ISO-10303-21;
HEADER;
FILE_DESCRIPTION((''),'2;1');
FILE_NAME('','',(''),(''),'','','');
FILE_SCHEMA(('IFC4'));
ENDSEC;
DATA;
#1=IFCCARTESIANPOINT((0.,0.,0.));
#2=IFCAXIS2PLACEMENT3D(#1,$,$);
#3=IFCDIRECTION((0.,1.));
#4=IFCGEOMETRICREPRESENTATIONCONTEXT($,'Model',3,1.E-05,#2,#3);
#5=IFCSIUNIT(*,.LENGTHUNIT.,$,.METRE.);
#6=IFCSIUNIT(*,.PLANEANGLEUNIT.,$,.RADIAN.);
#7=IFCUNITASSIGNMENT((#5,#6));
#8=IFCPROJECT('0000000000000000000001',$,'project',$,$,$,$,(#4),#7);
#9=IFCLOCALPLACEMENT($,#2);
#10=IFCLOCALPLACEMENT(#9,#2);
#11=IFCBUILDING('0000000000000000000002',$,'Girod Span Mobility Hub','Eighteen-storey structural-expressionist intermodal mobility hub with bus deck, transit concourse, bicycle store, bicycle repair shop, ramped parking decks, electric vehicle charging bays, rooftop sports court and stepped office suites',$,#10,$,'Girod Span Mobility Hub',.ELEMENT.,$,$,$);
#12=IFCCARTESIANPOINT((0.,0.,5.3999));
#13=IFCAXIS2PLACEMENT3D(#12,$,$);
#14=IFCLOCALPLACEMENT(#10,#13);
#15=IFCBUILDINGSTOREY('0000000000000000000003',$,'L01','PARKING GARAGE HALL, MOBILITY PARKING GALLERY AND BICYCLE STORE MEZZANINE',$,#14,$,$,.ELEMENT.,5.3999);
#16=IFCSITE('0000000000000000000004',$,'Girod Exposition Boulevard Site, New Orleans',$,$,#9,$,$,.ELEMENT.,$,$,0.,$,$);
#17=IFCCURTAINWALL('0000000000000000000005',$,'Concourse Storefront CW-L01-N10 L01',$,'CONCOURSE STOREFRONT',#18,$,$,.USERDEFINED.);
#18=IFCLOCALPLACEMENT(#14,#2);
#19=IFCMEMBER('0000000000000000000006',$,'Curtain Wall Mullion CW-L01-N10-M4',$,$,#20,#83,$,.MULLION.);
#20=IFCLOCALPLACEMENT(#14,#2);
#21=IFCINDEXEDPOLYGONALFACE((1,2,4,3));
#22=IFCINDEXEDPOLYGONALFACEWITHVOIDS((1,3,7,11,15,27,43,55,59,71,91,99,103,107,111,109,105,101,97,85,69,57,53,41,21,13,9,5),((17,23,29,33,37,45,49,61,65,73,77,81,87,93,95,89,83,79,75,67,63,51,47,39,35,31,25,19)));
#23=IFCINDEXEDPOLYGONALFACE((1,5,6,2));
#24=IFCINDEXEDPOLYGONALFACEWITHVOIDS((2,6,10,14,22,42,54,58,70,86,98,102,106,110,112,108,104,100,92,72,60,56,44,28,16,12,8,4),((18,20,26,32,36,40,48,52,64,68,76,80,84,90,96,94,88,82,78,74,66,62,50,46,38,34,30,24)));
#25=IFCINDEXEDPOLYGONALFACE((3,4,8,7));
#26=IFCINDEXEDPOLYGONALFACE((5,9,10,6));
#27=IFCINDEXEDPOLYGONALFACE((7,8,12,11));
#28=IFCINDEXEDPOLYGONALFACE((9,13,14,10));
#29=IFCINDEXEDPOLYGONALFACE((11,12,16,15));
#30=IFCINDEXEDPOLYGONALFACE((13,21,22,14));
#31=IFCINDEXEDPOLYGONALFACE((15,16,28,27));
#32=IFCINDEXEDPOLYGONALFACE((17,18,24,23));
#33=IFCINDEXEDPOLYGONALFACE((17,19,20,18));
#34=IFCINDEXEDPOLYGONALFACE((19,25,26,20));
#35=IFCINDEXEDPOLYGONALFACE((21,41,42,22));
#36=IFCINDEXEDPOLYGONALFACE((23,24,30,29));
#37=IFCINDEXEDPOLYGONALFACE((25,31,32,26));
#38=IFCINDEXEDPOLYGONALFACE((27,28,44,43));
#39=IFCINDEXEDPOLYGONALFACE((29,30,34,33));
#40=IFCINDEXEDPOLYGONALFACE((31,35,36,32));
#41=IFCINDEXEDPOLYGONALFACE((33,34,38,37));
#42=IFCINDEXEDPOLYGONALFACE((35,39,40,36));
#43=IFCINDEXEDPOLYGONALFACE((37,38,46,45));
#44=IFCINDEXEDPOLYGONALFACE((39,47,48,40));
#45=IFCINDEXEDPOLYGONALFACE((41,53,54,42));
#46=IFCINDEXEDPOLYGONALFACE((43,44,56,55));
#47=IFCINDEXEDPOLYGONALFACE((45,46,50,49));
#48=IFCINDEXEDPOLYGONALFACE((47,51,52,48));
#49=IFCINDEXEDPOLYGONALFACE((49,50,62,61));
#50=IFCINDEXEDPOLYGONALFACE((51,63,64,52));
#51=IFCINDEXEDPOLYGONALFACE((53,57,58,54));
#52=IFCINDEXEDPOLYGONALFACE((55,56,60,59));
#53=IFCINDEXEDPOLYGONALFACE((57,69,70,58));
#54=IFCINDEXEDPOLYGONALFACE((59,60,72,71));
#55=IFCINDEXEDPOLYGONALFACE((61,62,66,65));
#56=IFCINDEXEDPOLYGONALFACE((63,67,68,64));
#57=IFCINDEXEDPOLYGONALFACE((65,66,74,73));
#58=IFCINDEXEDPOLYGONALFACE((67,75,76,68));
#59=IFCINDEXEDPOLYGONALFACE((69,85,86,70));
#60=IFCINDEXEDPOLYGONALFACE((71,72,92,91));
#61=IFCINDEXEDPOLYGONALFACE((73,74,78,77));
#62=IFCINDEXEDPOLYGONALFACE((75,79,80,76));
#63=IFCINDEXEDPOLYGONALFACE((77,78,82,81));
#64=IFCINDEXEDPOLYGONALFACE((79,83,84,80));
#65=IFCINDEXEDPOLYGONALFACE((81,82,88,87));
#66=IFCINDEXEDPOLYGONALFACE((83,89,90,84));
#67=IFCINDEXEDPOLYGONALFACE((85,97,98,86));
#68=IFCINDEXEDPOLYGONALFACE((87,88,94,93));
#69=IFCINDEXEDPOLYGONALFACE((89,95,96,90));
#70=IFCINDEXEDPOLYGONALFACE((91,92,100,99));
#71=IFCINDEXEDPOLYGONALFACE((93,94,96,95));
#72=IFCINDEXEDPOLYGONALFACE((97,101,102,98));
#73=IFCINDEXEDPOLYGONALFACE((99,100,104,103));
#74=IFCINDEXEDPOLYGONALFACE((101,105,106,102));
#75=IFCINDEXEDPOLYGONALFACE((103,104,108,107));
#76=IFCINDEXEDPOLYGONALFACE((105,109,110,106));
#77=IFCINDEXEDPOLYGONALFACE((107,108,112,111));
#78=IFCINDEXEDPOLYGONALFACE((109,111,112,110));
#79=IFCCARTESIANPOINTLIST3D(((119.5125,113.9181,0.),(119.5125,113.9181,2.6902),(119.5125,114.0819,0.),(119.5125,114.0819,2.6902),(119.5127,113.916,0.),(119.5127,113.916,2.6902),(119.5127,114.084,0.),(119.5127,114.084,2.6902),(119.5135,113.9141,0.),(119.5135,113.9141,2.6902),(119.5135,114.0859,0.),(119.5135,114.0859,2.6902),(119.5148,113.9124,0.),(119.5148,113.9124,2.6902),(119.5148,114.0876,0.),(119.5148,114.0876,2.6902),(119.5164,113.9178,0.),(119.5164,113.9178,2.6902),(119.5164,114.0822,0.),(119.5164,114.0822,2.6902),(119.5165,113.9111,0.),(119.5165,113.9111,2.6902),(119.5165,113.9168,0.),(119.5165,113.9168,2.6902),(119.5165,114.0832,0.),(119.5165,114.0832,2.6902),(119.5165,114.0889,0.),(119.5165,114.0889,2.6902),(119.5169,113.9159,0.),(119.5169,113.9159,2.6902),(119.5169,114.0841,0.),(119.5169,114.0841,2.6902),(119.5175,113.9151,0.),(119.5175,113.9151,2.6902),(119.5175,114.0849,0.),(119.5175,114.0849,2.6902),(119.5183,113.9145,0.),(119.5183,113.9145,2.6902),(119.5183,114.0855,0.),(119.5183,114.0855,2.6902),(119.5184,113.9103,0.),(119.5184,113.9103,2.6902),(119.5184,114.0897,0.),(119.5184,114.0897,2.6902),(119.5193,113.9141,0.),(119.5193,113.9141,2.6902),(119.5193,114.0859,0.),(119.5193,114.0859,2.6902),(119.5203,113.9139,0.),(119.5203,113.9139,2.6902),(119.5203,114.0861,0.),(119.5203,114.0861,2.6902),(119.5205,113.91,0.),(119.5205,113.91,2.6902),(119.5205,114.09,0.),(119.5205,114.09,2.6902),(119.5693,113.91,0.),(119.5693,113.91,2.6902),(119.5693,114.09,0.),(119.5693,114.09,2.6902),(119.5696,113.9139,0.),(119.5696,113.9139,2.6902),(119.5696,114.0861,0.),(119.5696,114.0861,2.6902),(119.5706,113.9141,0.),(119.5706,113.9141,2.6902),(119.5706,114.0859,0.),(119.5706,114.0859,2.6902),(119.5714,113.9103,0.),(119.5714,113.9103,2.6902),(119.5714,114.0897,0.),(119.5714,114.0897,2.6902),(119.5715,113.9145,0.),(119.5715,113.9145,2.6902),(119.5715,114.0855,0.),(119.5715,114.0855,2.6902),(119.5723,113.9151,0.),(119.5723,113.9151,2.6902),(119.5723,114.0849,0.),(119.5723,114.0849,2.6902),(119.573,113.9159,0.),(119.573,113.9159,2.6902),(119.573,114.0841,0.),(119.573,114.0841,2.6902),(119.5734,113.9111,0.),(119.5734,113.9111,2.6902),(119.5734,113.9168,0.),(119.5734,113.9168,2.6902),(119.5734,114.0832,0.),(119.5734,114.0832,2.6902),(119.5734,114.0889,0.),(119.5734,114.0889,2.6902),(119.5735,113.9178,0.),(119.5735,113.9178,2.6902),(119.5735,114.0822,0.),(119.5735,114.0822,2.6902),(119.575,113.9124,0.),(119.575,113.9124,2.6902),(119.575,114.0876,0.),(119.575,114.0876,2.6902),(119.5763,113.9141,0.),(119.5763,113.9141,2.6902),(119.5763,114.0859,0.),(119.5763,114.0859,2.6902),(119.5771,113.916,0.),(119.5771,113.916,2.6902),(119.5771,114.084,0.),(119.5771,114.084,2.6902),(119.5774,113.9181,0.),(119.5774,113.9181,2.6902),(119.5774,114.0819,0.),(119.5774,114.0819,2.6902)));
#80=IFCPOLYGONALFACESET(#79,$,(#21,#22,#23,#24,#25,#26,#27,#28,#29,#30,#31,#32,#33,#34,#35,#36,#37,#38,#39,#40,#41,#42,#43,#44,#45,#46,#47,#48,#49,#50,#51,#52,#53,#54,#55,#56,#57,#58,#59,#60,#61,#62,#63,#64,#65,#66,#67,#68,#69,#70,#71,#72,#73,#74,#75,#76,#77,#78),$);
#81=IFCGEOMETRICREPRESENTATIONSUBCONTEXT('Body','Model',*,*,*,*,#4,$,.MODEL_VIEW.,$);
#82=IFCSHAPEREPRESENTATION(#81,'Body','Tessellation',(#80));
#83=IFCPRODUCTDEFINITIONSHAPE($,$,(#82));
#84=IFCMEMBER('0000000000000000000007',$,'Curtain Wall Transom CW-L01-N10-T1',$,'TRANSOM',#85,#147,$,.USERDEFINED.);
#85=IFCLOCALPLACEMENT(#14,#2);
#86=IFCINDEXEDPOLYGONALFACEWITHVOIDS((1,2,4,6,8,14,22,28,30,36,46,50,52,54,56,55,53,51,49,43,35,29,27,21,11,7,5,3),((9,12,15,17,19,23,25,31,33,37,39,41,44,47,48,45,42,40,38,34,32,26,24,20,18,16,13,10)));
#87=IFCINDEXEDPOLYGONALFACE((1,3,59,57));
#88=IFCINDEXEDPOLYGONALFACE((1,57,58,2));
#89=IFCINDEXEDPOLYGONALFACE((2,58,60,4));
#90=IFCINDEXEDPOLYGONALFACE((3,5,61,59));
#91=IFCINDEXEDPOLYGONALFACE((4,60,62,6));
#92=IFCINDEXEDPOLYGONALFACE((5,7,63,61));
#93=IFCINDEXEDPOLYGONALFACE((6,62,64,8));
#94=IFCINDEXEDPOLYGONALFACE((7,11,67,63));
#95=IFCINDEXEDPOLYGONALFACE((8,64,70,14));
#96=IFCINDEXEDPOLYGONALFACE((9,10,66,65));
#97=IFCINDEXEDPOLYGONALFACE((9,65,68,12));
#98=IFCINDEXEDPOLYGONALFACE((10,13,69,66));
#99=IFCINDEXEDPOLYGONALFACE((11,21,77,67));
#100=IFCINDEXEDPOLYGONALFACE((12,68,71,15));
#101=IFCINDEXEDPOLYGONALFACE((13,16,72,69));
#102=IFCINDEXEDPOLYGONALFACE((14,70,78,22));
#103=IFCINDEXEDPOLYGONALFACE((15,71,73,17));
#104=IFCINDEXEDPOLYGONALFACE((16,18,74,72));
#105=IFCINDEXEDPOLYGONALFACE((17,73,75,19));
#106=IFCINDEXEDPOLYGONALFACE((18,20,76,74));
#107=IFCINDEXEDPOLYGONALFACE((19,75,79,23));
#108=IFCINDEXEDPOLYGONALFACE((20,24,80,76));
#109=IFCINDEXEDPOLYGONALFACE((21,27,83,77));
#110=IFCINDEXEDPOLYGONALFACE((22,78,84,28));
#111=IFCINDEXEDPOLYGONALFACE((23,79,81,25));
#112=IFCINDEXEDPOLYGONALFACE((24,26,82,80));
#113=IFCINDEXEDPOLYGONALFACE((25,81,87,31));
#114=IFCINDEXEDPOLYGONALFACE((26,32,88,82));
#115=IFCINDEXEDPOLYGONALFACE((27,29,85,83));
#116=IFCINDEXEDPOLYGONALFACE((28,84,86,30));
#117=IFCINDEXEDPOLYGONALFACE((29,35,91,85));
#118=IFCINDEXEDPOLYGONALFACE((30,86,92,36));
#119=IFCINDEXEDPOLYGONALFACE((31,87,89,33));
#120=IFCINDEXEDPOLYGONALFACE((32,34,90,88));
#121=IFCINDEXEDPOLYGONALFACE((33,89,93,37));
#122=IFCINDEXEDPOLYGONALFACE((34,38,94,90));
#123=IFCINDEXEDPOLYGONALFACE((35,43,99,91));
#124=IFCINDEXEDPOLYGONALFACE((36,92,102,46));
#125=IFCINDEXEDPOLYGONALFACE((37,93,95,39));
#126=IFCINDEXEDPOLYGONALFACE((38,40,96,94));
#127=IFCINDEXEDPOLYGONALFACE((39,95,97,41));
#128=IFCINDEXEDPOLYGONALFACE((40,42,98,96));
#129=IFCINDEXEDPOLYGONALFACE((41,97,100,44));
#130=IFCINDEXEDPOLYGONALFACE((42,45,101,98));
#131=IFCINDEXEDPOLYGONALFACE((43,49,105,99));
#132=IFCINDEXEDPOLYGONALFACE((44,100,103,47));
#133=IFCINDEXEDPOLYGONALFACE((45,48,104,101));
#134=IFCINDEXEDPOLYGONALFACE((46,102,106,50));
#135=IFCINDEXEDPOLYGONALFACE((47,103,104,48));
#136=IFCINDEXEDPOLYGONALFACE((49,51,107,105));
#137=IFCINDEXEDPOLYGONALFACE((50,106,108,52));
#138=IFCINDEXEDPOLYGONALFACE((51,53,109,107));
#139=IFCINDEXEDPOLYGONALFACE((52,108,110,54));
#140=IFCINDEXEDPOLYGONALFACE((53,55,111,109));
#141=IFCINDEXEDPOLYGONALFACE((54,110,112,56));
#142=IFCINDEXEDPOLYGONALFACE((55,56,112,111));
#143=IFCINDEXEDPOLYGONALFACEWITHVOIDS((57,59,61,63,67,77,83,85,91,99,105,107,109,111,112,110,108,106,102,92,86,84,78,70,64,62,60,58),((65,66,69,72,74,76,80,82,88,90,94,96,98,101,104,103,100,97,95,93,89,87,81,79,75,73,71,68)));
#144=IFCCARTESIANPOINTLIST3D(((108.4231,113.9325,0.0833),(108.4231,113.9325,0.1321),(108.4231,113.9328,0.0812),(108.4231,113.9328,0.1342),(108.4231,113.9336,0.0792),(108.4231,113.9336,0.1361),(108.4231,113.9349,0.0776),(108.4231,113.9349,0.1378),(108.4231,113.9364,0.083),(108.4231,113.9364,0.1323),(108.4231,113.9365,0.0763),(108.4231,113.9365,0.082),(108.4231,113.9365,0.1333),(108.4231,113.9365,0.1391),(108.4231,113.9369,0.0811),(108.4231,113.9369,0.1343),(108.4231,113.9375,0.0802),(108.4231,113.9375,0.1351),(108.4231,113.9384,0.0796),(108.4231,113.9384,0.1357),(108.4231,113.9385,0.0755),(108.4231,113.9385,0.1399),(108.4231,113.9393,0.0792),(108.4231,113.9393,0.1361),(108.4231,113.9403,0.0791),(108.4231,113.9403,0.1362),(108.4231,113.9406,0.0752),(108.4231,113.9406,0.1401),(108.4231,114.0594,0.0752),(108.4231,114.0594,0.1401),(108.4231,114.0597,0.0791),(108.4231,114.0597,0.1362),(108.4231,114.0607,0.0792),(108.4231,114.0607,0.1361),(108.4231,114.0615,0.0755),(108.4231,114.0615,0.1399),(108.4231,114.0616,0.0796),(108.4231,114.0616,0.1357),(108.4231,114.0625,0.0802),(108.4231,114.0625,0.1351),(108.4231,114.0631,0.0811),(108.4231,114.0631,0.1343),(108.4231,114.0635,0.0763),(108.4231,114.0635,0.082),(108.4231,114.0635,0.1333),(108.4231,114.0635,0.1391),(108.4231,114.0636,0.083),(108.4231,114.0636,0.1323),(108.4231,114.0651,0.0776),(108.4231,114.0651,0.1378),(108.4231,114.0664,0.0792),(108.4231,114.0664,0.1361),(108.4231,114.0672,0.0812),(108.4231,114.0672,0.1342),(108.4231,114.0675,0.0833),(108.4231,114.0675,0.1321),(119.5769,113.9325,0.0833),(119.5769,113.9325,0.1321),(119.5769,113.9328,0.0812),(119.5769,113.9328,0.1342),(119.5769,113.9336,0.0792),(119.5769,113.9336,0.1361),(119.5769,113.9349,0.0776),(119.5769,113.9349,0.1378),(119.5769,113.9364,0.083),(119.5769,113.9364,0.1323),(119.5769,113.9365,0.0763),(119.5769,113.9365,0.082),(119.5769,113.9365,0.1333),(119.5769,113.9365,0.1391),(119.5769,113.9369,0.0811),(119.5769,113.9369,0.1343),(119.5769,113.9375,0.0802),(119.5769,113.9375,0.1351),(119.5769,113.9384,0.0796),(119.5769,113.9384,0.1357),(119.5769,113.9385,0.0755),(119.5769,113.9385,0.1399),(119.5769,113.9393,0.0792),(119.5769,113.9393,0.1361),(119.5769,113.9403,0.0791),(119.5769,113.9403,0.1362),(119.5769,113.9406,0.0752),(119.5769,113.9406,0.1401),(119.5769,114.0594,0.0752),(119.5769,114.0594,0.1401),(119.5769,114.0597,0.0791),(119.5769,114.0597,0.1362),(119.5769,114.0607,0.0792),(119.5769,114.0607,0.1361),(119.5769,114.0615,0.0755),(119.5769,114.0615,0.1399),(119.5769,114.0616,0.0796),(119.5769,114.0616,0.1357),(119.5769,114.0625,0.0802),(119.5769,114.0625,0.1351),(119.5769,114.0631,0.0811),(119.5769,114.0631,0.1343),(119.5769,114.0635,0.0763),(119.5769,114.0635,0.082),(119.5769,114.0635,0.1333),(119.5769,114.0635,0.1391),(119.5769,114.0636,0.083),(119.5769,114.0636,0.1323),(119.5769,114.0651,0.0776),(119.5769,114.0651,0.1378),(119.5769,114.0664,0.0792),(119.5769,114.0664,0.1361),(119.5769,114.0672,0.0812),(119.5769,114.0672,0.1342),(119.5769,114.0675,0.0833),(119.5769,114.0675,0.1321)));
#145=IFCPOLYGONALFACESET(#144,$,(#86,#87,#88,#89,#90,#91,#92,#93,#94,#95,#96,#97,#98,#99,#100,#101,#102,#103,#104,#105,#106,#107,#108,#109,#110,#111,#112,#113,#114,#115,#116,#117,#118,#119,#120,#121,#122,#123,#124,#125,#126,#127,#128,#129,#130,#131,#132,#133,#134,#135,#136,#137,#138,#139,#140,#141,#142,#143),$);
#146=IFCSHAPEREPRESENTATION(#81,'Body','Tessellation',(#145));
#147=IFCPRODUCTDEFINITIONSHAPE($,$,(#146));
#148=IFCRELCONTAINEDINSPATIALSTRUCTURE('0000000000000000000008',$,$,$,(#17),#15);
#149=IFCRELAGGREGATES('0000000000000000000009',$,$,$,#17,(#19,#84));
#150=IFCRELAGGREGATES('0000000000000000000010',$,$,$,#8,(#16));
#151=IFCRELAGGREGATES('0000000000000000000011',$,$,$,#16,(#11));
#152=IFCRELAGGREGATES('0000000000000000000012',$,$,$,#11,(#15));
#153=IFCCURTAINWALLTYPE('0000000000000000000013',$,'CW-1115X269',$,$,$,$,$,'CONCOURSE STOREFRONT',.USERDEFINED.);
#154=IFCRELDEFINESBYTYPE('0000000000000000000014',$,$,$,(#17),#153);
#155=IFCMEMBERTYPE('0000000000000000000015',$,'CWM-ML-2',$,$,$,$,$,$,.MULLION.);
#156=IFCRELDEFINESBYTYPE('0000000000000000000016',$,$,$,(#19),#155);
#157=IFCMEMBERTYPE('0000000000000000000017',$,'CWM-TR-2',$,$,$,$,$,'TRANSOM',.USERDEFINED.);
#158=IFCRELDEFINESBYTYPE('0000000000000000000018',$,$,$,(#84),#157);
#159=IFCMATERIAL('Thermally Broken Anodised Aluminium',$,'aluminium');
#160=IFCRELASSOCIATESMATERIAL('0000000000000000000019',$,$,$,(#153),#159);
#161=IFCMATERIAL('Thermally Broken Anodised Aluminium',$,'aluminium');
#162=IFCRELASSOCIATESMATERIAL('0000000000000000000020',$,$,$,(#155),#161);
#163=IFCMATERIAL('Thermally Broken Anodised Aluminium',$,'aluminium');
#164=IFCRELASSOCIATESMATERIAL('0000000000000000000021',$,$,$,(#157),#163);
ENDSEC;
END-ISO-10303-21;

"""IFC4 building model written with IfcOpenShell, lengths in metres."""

from ifc_helpers import new_model, si_unit, direction, frame, origin, origin_2d, place, context, subcontext, project, spatial, hollow_rectangle, extrude, material, material_profile, profile_set, type_object, element, aggregate, save


model = new_model("IFC4")

# Units and contexts
model_context = context("Model", 3, precision=1e-05, world=origin(), true_north=direction((0.0, 1.0)))
body_context = subcontext(model_context, "Body", "Model", "MODEL_VIEW")
ifc_project = project(units=[si_unit("LENGTHUNIT", "METRE"), si_unit("PLANEANGLEUNIT", "RADIAN")], contexts=[model_context])

# Site, building, storey
site_placement = place(None, origin())
site = spatial("IfcSite", under=ifc_project, at=site_placement, Name="Girod Exposition Boulevard Site, New Orleans", CompositionType="ELEMENT", RefElevation=0.0)
building_placement = place(site_placement, origin())
building = spatial("IfcBuilding", under=site, at=building_placement, Name="Girod Span Mobility Hub", Description="Eighteen-storey structural-expressionist intermodal mobility hub with bus deck, transit concourse, bicycle store, bicycle repair shop, ramped parking decks, electric vehicle charging bays, rooftop sports court and stepped office suites", LongName="Girod Span Mobility Hub", CompositionType="ELEMENT")
storey_placement = place(building_placement, frame((0.0, 0.0, 5.3999)))
storey = spatial("IfcBuildingStorey", under=building, at=storey_placement, Name="L01", Description="PARKING GARAGE HALL, MOBILITY PARKING GALLERY AND BICYCLE STORE MEZZANINE", CompositionType="ELEMENT", Elevation=5.3999)

# Curtain wall, members
ifc_material_1 = material(Name="Thermally Broken Anodised Aluminium", Category="aluminium")
curtain_wall_type = type_object("IfcCurtainWallType", Name="CW-1115X269", ElementType="CONCOURSE STOREFRONT", PredefinedType="USERDEFINED", material=ifc_material_1)
curtain_wall_placement = place(storey_placement, origin())
curtain_wall = element("IfcCurtainWall", 1, at=curtain_wall_placement, inside=storey, type_object=curtain_wall_type, Name="Concourse Storefront CW-L01-N10 L01", ObjectType="CONCOURSE STOREFRONT", PredefinedType="USERDEFINED")
ifc_material_2 = material(Name="Thermally Broken Anodised Aluminium", Category="aluminium")
ifc_material_profile_1 = material_profile(ifc_material_2, hollow_rectangle(XDim=0.1799, YDim=0.0649, WallThickness=0.0039, InnerFilletRadius=0.0039, OuterFilletRadius=0.0081, at=origin_2d()), Name="CW-ML-65X180")
ifc_profile_set_1 = profile_set([ifc_material_profile_1], Name="Thermally Broken Anodised Aluminium")
member_type_1 = type_object("IfcMemberType", Name="CWM-ML-2", PredefinedType="MULLION", material=ifc_profile_set_1)
member_1_placement = place(storey_placement, frame((119.5449, 114.0, 0.0), z_axis=(0.0, 0.0, 1.0), x_axis=(0.0, 1.0, 0.0)))
member_1 = element("IfcMember", 2, at=member_1_placement, type_object=member_type_1, Name="Curtain Wall Mullion CW-L01-N10-M4", PredefinedType="MULLION", context=body_context, shape_type="SweptSolid", body=[
    extrude(hollow_rectangle(XDim=0.1799, YDim=0.0649, WallThickness=0.0039, InnerFilletRadius=0.0039, OuterFilletRadius=0.0081, at=origin_2d()), origin(), (0.0, 0.0, 1.0), 2.6902),
])
ifc_material_3 = material(Name="Thermally Broken Anodised Aluminium", Category="aluminium")
ifc_material_profile_2 = material_profile(ifc_material_3, hollow_rectangle(XDim=0.135, YDim=0.0649, WallThickness=0.0039, InnerFilletRadius=0.0039, OuterFilletRadius=0.0081, at=origin_2d()), Name="CW-TR-65X135")
ifc_profile_set_2 = profile_set([ifc_material_profile_2], Name="Thermally Broken Anodised Aluminium")
member_type_2 = type_object("IfcMemberType", Name="CWM-TR-2", ElementType="TRANSOM", PredefinedType="USERDEFINED", material=ifc_profile_set_2)
member_2_placement = place(storey_placement, frame((108.4231, 114.0, 0.1077), z_axis=(1.0, 0.0, 0.0), x_axis=(0.0, 1.0, 0.0)))
member_2 = element("IfcMember", 3, at=member_2_placement, type_object=member_type_2, Name="Curtain Wall Transom CW-L01-N10-T1", ObjectType="TRANSOM", PredefinedType="USERDEFINED", context=body_context, shape_type="SweptSolid", body=[
    extrude(hollow_rectangle(XDim=0.135, YDim=0.0649, WallThickness=0.0039, InnerFilletRadius=0.0039, OuterFilletRadius=0.0081, at=origin_2d()), origin(), (0.0, 0.0, 1.0), 11.1538),
])

aggregate(curtain_wall, [member_1, member_2])

save(model, "model.ifc")
